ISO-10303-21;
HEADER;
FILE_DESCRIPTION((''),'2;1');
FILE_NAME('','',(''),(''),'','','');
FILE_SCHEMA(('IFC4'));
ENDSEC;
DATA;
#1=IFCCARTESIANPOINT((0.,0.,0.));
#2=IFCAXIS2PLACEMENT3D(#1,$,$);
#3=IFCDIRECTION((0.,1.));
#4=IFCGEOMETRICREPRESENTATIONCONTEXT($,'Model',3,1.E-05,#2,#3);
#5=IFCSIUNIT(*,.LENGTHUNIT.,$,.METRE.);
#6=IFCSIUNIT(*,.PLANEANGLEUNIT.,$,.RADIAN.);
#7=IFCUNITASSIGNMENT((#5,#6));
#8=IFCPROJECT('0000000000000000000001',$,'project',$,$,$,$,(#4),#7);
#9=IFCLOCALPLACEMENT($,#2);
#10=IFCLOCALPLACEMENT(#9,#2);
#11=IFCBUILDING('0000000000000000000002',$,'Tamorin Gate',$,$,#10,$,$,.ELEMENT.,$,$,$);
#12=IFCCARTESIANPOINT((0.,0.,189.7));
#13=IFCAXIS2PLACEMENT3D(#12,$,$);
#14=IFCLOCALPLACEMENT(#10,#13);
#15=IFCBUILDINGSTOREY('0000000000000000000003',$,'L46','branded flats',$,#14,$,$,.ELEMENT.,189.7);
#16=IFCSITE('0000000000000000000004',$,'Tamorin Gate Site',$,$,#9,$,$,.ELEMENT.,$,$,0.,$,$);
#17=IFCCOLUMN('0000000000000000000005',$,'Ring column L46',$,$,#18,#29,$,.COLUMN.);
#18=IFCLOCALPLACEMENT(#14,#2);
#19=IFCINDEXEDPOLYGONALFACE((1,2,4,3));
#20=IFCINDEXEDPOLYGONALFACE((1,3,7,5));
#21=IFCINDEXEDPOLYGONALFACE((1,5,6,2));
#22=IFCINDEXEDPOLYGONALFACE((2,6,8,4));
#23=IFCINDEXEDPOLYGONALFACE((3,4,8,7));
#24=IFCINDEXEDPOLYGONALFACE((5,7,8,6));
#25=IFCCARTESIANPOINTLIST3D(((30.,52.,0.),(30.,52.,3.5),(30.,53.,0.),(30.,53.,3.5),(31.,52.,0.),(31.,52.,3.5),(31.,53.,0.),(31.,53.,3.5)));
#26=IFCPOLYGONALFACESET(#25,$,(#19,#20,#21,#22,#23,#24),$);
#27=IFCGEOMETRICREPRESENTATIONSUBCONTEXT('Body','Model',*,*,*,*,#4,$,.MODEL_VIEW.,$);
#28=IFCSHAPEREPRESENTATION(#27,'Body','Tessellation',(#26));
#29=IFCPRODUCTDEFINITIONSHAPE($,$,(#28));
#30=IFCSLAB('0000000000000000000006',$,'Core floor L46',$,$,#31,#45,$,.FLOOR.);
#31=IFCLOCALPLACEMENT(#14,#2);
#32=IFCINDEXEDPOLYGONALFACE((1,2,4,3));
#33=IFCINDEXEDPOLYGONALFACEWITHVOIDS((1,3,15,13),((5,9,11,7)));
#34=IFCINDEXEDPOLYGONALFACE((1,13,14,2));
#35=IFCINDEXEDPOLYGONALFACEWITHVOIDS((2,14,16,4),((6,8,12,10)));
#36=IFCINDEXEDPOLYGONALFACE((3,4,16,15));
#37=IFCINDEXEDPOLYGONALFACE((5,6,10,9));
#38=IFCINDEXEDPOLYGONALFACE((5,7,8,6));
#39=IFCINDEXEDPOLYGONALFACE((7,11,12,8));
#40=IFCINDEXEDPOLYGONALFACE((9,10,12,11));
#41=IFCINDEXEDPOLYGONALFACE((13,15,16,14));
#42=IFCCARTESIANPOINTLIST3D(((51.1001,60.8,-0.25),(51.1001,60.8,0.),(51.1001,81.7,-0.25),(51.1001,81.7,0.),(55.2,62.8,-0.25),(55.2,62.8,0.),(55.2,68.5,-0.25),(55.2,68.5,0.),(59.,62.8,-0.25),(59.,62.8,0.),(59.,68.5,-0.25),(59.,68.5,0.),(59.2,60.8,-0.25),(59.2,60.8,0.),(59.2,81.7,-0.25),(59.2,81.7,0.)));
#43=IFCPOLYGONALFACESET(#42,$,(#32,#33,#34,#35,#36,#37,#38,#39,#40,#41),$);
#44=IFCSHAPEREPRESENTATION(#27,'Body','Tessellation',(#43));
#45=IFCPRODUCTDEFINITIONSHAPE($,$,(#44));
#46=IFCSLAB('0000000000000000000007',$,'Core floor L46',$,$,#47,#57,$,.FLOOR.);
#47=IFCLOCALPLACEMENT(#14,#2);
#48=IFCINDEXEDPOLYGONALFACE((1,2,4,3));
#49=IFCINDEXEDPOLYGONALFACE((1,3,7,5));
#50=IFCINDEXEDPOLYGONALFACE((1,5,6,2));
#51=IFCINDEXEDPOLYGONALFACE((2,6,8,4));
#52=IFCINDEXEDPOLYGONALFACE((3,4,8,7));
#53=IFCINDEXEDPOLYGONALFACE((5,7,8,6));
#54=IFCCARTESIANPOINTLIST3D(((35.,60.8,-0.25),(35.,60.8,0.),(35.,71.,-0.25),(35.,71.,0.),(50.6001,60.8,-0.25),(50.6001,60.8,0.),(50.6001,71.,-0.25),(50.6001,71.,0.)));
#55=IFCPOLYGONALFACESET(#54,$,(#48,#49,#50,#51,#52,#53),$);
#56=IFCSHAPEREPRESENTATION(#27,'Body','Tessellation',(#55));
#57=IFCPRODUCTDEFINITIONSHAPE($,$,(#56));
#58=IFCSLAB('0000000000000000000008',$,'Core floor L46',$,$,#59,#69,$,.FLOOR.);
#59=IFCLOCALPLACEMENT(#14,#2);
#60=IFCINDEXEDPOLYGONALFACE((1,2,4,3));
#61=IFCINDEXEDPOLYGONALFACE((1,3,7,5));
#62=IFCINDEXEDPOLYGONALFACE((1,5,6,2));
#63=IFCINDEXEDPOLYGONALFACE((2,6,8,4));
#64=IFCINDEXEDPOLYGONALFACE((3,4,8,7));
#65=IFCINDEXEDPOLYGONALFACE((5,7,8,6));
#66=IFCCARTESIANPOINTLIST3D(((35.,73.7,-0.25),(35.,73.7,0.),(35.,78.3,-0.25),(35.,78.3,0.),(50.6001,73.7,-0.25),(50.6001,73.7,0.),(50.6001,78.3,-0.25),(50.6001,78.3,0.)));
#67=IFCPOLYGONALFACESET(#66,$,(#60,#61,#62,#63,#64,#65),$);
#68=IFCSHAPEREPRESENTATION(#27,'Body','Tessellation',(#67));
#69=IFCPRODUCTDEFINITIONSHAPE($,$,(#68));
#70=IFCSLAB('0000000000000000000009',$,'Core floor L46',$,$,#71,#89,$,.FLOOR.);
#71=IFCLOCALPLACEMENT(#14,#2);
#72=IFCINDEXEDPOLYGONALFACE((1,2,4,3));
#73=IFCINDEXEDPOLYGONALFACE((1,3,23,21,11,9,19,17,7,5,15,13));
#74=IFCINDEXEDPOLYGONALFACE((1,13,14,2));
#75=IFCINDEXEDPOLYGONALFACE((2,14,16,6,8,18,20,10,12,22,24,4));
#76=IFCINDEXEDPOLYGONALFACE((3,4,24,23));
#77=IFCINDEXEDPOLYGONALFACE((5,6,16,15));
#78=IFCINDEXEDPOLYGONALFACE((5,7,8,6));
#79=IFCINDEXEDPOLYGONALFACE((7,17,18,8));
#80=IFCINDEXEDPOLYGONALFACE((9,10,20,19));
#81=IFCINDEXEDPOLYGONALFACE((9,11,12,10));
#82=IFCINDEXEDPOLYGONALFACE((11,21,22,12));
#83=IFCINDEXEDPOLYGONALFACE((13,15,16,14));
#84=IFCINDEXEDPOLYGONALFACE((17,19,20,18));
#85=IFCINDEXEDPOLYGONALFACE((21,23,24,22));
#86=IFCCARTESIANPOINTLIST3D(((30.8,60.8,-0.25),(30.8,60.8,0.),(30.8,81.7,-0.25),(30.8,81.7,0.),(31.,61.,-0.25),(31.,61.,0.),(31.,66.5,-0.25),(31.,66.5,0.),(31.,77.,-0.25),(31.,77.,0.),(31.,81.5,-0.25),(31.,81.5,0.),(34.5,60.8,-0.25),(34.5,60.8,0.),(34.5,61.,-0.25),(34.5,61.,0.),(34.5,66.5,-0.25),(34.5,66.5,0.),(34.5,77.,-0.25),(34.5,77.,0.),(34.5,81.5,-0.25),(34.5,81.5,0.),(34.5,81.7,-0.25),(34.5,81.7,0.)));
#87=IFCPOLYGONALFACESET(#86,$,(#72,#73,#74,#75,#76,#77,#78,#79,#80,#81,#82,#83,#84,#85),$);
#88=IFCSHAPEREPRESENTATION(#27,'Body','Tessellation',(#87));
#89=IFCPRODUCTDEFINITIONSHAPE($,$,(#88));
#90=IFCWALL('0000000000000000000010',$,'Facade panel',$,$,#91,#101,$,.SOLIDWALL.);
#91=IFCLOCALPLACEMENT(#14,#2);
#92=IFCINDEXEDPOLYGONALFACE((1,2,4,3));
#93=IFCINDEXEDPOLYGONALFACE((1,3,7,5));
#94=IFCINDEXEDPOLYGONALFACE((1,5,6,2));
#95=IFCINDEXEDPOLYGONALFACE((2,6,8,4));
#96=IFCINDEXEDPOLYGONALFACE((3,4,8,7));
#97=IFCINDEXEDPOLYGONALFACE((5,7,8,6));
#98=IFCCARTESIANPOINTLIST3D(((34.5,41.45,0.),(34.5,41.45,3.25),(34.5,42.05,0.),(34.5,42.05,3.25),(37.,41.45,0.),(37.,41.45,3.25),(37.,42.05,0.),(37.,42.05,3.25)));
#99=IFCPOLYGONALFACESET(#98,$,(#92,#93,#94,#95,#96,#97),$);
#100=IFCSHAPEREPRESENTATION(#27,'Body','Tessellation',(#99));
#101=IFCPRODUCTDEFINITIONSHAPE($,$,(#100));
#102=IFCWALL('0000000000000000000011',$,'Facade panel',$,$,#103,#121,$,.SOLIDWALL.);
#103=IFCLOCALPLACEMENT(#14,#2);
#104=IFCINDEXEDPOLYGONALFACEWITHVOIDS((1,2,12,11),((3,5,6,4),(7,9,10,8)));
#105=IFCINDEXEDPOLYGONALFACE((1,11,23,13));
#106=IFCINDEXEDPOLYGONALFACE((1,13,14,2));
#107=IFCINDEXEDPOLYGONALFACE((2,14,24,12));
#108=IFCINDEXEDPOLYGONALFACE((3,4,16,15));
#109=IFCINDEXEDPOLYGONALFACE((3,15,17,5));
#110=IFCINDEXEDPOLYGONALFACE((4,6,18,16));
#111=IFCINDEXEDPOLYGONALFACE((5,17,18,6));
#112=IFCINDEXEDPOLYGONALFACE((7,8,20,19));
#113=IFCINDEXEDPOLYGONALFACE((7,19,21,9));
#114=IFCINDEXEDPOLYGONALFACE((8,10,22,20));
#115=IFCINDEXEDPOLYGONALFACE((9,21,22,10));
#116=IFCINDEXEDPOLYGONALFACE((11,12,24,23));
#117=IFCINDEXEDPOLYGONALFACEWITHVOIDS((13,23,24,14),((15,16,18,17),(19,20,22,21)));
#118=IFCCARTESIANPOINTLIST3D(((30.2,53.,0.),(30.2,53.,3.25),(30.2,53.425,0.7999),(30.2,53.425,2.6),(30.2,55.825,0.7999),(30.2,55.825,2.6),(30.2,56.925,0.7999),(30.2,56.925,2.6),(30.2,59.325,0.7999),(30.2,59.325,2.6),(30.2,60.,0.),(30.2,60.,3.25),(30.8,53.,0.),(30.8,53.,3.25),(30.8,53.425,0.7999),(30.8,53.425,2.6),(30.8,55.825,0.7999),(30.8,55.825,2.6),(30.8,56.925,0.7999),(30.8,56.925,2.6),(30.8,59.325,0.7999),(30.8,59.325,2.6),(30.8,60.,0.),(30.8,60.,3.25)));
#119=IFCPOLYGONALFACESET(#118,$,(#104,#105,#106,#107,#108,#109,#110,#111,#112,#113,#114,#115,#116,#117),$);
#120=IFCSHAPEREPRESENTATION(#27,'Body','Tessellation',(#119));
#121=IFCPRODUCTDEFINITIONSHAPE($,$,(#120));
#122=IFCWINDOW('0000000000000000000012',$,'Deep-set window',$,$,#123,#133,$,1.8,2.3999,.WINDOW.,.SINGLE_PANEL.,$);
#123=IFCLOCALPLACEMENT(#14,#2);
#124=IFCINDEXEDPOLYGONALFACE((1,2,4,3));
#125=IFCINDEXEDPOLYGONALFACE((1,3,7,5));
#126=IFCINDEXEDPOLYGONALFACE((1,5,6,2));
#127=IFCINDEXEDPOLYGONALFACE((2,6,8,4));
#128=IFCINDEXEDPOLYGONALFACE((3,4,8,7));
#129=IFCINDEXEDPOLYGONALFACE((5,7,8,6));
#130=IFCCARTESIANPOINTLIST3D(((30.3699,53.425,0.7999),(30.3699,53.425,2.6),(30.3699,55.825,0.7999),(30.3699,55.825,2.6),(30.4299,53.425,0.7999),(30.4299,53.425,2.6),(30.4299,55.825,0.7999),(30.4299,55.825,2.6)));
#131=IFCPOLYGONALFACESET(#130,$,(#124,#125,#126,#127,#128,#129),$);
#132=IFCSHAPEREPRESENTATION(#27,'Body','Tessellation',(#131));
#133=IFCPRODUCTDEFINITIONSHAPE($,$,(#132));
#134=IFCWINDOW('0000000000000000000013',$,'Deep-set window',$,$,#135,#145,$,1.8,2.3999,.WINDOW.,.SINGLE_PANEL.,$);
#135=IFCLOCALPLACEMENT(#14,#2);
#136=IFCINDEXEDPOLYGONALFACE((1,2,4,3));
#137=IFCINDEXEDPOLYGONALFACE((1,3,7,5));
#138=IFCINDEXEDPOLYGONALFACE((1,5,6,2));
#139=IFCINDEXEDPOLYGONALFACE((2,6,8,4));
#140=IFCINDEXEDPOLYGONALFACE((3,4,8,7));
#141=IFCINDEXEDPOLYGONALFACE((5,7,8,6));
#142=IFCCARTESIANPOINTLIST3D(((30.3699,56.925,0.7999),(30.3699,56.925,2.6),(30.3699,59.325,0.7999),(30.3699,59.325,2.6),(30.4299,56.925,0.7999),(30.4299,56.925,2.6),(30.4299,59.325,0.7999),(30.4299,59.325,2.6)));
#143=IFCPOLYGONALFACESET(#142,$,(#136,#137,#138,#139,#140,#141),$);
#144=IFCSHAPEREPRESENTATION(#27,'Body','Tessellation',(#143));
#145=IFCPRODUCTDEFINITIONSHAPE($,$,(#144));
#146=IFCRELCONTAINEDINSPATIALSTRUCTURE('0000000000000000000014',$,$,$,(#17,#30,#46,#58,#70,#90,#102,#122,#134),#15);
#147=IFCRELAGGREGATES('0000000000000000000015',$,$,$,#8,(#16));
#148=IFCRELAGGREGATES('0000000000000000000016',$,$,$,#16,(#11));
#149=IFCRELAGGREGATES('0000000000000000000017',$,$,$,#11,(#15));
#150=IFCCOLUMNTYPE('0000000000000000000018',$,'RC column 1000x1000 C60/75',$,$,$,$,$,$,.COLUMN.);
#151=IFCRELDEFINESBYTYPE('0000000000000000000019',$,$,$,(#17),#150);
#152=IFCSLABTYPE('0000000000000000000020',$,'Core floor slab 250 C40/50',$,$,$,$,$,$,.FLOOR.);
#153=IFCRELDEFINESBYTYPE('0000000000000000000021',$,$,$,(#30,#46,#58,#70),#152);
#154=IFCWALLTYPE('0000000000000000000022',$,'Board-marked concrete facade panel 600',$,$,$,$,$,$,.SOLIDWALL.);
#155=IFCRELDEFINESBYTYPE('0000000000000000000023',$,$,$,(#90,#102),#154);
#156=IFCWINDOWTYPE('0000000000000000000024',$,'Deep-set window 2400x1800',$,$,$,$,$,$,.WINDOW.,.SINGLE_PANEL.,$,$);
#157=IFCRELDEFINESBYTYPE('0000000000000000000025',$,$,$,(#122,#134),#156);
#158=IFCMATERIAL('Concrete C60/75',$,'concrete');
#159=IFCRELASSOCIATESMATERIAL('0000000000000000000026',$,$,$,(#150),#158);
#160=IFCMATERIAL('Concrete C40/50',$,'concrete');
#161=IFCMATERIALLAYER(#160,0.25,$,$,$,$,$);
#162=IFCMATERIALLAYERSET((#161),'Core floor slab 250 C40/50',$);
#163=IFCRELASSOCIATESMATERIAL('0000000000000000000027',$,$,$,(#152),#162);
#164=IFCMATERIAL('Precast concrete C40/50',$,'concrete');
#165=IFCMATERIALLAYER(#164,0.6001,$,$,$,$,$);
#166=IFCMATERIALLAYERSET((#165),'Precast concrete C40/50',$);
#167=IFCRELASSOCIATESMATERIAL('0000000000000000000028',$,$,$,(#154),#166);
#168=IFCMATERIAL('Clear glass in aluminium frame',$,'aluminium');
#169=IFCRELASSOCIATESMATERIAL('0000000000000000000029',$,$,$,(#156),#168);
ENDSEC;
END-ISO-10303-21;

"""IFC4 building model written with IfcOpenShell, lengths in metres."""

from ifc_helpers import new_model, si_unit, direction, frame, frame_2d, origin, origin_2d, place, context, subcontext, project, spatial, polyline, rectangle, outline, extrude, material, layer, layer_set, material_profile, profile_set, type_object, element, fill, save


model = new_model("IFC4")

# Units and contexts
model_context = context("Model", 3, precision=1e-05, world=origin(), true_north=direction((0.0, 1.0)))
body_context = subcontext(model_context, "Body", "Model", "MODEL_VIEW")
ifc_project = project(units=[si_unit("LENGTHUNIT", "METRE"), si_unit("PLANEANGLEUNIT", "RADIAN")], contexts=[model_context])

# Site, building, storey
site_placement = place(None, origin())
site = spatial("IfcSite", under=ifc_project, at=site_placement, Name="Tamorin Gate Site", CompositionType="ELEMENT", RefElevation=0.0)
building_placement = place(site_placement, origin())
building = spatial("IfcBuilding", under=site, at=building_placement, Name="Tamorin Gate", CompositionType="ELEMENT")
storey_placement = place(building_placement, frame((0.0, 0.0, 189.7)))
storey = spatial("IfcBuildingStorey", under=building, at=storey_placement, Name="L46", Description="branded flats", CompositionType="ELEMENT", Elevation=189.7)

# Column
ifc_material_1 = material(Name="Concrete C60/75", Category="concrete")
ifc_material_profile = material_profile(ifc_material_1, rectangle(XDim=1.0, YDim=1.0, at=origin_2d()), Name="RC 1000x1000")
ifc_profile_set = profile_set([ifc_material_profile], Name="Concrete C60/75")
column_type = type_object("IfcColumnType", Name="RC column 1000x1000 C60/75", PredefinedType="COLUMN", material=ifc_profile_set)
column_placement = place(storey_placement, frame((30.5, 52.5, 0.0), z_axis=(0.0, 0.0, 1.0), x_axis=(1.0, 0.0, 0.0)))
element("IfcColumn", 1, at=column_placement, inside=storey, type_object=column_type, Name="Ring column L46", PredefinedType="COLUMN", context=body_context, shape_type="SweptSolid", body=[
    extrude(rectangle(XDim=1.0, YDim=1.0, at=origin_2d()), origin(), (0.0, 0.0, 1.0), 3.5),
])

# Slabs
ifc_material_2 = material(Name="Concrete C40/50", Category="concrete")
ifc_layer_1 = layer(ifc_material_2, 0.25)
ifc_layer_set_1 = layer_set([ifc_layer_1], Name="Core floor slab 250 C40/50")
slab_type = type_object("IfcSlabType", Name="Core floor slab 250 C40/50", PredefinedType="FLOOR", material=ifc_layer_set_1)
slab_1_placement = place(storey_placement, frame((0.0, 0.0, -0.25)))
element("IfcSlab", 2, at=slab_1_placement, inside=storey, type_object=slab_type, Name="Core floor L46", PredefinedType="FLOOR", context=body_context, shape_type="SweptSolid", body=[
    extrude(outline(polyline([(51.1001, 81.7), (59.2, 81.7), (59.2, 60.8), (51.1001, 60.8), (51.1001, 81.7)]), holes=[polyline([(55.2, 62.8), (59.0, 62.8), (59.0, 68.5), (55.2, 68.5), (55.2, 62.8)])]), origin(), (0.0, 0.0, 1.0), 0.25),
])
slab_2_placement = place(storey_placement, frame((0.0, 0.0, -0.25)))
element("IfcSlab", 3, at=slab_2_placement, inside=storey, type_object=slab_type, Name="Core floor L46", PredefinedType="FLOOR", context=body_context, shape_type="SweptSolid", body=[
    extrude(outline(polyline([(50.6001, 71.0), (50.6001, 60.8), (35.0, 60.8), (35.0, 71.0), (50.6001, 71.0)])), origin(), (0.0, 0.0, 1.0), 0.25),
])
slab_3_placement = place(storey_placement, frame((0.0, 0.0, -0.25)))
element("IfcSlab", 4, at=slab_3_placement, inside=storey, type_object=slab_type, Name="Core floor L46", PredefinedType="FLOOR", context=body_context, shape_type="SweptSolid", body=[
    extrude(outline(polyline([(50.6001, 73.7), (35.0, 73.7), (35.0, 78.3), (50.6001, 78.3), (50.6001, 73.7)])), origin(), (0.0, 0.0, 1.0), 0.25),
])
slab_4_placement = place(storey_placement, frame((0.0, 0.0, -0.25)))
element("IfcSlab", 5, at=slab_4_placement, inside=storey, type_object=slab_type, Name="Core floor L46", PredefinedType="FLOOR", context=body_context, shape_type="SweptSolid", body=[
    extrude(outline(polyline([(34.5, 60.8), (30.8, 60.8), (30.8, 81.7), (34.5, 81.7), (34.5, 81.5), (31.0, 81.5), (31.0, 77.0), (34.5, 77.0), (34.5, 66.5), (31.0, 66.5), (31.0, 61.0), (34.5, 61.0), (34.5, 60.8)])), origin(), (0.0, 0.0, 1.0), 0.25),
])

# Wall
ifc_material_3 = material(Name="Precast concrete C40/50", Category="concrete")
ifc_layer_2 = layer(ifc_material_3, 0.6001)
ifc_layer_set_2 = layer_set([ifc_layer_2], Name="Precast concrete C40/50")
wall_type_1 = type_object("IfcWallType", Name="Board-marked concrete facade panel 600", PredefinedType="SOLIDWALL", material=ifc_layer_set_2)
wall_1_placement = place(storey_placement, frame((34.5, 41.75, 0.0), z_axis=(0.0, 0.0, 1.0), x_axis=(1.0, 0.0, 0.0)))
element("IfcWall", 6, at=wall_1_placement, inside=storey, type_object=wall_type_1, Name="Facade panel", PredefinedType="SOLIDWALL", context=body_context, shape_type="SweptSolid", body=[
    extrude(rectangle(XDim=2.5, YDim=0.6001, at=frame_2d((1.25, 0.0))), origin(), (0.0, 0.0, 1.0), 3.25),
])

# Wall, openings, windows
wall_2_placement = place(storey_placement, frame((30.5, 60.0, 0.0), z_axis=(0.0, 0.0, 1.0), x_axis=(0.0, -1.0, 0.0)))
wall_2 = element("IfcWall", 7, at=wall_2_placement, inside=storey, type_object=wall_type_1, Name="Facade panel", PredefinedType="SOLIDWALL", context=body_context, shape_type="SweptSolid", body=[
    extrude(rectangle(XDim=7.0, YDim=0.6001, at=frame_2d((3.5, 0.0))), origin(), (0.0, 0.0, 1.0), 3.25),
])
opening_1_placement = place(wall_2_placement, frame((4.175, 0.0, 0.8)))
opening_1 = element("IfcOpeningElement", 8, at=opening_1_placement, cuts=wall_2, PredefinedType="OPENING", context=body_context, shape_type="SweptSolid", body=[
    extrude(rectangle(XDim=2.3999, YDim=1.8, at=frame_2d((1.2, 0.8999))), frame((0.0, 0.3101, 0.0), z_axis=(0.0, -1.0, 0.0), x_axis=(1.0, 0.0, 0.0)), (0.0, 0.0, 1.0), 0.6201),
])
opening_2_placement = place(wall_2_placement, frame((0.675, 0.0, 0.8)))
opening_2 = element("IfcOpeningElement", 9, at=opening_2_placement, cuts=wall_2, PredefinedType="OPENING", context=body_context, shape_type="SweptSolid", body=[
    extrude(rectangle(XDim=2.3999, YDim=1.8, at=frame_2d((1.2, 0.8999))), frame((0.0, 0.3101, 0.0), z_axis=(0.0, -1.0, 0.0), x_axis=(1.0, 0.0, 0.0)), (0.0, 0.0, 1.0), 0.6201),
])
ifc_material_4 = material(Name="Clear glass in aluminium frame", Category="aluminium")
window_type_1 = type_object("IfcWindowType", Name="Deep-set window 2400x1800", PartitioningType="SINGLE_PANEL", PredefinedType="WINDOW", material=ifc_material_4)
window_1_placement = place(opening_1_placement, origin())
window_1 = element("IfcWindow", 10, at=window_1_placement, inside=storey, type_object=window_type_1, Name="Deep-set window", OverallHeight=1.8, OverallWidth=2.3999, PartitioningType="SINGLE_PANEL", PredefinedType="WINDOW", context=body_context, shape_type="SweptSolid", body=[
    extrude(rectangle(XDim=2.3999, YDim=1.8, at=frame_2d((1.2, 0.8999))), frame((0.0, -0.0701, 0.0), z_axis=(0.0, -1.0, 0.0), x_axis=(1.0, 0.0, 0.0)), (0.0, 0.0, 1.0), 0.0601),
])
fill(opening_1, window_1)
window_2_placement = place(opening_2_placement, origin())
window_2 = element("IfcWindow", 11, at=window_2_placement, inside=storey, type_object=window_type_1, Name="Deep-set window", OverallHeight=1.8, OverallWidth=2.3999, PartitioningType="SINGLE_PANEL", PredefinedType="WINDOW", context=body_context, shape_type="SweptSolid", body=[
    extrude(rectangle(XDim=2.3999, YDim=1.8, at=frame_2d((1.2, 0.8999))), frame((0.0, -0.0701, 0.0), z_axis=(0.0, -1.0, 0.0), x_axis=(1.0, 0.0, 0.0)), (0.0, 0.0, 1.0), 0.0601),
])
fill(opening_2, window_2)

save(model, "model.ifc")
